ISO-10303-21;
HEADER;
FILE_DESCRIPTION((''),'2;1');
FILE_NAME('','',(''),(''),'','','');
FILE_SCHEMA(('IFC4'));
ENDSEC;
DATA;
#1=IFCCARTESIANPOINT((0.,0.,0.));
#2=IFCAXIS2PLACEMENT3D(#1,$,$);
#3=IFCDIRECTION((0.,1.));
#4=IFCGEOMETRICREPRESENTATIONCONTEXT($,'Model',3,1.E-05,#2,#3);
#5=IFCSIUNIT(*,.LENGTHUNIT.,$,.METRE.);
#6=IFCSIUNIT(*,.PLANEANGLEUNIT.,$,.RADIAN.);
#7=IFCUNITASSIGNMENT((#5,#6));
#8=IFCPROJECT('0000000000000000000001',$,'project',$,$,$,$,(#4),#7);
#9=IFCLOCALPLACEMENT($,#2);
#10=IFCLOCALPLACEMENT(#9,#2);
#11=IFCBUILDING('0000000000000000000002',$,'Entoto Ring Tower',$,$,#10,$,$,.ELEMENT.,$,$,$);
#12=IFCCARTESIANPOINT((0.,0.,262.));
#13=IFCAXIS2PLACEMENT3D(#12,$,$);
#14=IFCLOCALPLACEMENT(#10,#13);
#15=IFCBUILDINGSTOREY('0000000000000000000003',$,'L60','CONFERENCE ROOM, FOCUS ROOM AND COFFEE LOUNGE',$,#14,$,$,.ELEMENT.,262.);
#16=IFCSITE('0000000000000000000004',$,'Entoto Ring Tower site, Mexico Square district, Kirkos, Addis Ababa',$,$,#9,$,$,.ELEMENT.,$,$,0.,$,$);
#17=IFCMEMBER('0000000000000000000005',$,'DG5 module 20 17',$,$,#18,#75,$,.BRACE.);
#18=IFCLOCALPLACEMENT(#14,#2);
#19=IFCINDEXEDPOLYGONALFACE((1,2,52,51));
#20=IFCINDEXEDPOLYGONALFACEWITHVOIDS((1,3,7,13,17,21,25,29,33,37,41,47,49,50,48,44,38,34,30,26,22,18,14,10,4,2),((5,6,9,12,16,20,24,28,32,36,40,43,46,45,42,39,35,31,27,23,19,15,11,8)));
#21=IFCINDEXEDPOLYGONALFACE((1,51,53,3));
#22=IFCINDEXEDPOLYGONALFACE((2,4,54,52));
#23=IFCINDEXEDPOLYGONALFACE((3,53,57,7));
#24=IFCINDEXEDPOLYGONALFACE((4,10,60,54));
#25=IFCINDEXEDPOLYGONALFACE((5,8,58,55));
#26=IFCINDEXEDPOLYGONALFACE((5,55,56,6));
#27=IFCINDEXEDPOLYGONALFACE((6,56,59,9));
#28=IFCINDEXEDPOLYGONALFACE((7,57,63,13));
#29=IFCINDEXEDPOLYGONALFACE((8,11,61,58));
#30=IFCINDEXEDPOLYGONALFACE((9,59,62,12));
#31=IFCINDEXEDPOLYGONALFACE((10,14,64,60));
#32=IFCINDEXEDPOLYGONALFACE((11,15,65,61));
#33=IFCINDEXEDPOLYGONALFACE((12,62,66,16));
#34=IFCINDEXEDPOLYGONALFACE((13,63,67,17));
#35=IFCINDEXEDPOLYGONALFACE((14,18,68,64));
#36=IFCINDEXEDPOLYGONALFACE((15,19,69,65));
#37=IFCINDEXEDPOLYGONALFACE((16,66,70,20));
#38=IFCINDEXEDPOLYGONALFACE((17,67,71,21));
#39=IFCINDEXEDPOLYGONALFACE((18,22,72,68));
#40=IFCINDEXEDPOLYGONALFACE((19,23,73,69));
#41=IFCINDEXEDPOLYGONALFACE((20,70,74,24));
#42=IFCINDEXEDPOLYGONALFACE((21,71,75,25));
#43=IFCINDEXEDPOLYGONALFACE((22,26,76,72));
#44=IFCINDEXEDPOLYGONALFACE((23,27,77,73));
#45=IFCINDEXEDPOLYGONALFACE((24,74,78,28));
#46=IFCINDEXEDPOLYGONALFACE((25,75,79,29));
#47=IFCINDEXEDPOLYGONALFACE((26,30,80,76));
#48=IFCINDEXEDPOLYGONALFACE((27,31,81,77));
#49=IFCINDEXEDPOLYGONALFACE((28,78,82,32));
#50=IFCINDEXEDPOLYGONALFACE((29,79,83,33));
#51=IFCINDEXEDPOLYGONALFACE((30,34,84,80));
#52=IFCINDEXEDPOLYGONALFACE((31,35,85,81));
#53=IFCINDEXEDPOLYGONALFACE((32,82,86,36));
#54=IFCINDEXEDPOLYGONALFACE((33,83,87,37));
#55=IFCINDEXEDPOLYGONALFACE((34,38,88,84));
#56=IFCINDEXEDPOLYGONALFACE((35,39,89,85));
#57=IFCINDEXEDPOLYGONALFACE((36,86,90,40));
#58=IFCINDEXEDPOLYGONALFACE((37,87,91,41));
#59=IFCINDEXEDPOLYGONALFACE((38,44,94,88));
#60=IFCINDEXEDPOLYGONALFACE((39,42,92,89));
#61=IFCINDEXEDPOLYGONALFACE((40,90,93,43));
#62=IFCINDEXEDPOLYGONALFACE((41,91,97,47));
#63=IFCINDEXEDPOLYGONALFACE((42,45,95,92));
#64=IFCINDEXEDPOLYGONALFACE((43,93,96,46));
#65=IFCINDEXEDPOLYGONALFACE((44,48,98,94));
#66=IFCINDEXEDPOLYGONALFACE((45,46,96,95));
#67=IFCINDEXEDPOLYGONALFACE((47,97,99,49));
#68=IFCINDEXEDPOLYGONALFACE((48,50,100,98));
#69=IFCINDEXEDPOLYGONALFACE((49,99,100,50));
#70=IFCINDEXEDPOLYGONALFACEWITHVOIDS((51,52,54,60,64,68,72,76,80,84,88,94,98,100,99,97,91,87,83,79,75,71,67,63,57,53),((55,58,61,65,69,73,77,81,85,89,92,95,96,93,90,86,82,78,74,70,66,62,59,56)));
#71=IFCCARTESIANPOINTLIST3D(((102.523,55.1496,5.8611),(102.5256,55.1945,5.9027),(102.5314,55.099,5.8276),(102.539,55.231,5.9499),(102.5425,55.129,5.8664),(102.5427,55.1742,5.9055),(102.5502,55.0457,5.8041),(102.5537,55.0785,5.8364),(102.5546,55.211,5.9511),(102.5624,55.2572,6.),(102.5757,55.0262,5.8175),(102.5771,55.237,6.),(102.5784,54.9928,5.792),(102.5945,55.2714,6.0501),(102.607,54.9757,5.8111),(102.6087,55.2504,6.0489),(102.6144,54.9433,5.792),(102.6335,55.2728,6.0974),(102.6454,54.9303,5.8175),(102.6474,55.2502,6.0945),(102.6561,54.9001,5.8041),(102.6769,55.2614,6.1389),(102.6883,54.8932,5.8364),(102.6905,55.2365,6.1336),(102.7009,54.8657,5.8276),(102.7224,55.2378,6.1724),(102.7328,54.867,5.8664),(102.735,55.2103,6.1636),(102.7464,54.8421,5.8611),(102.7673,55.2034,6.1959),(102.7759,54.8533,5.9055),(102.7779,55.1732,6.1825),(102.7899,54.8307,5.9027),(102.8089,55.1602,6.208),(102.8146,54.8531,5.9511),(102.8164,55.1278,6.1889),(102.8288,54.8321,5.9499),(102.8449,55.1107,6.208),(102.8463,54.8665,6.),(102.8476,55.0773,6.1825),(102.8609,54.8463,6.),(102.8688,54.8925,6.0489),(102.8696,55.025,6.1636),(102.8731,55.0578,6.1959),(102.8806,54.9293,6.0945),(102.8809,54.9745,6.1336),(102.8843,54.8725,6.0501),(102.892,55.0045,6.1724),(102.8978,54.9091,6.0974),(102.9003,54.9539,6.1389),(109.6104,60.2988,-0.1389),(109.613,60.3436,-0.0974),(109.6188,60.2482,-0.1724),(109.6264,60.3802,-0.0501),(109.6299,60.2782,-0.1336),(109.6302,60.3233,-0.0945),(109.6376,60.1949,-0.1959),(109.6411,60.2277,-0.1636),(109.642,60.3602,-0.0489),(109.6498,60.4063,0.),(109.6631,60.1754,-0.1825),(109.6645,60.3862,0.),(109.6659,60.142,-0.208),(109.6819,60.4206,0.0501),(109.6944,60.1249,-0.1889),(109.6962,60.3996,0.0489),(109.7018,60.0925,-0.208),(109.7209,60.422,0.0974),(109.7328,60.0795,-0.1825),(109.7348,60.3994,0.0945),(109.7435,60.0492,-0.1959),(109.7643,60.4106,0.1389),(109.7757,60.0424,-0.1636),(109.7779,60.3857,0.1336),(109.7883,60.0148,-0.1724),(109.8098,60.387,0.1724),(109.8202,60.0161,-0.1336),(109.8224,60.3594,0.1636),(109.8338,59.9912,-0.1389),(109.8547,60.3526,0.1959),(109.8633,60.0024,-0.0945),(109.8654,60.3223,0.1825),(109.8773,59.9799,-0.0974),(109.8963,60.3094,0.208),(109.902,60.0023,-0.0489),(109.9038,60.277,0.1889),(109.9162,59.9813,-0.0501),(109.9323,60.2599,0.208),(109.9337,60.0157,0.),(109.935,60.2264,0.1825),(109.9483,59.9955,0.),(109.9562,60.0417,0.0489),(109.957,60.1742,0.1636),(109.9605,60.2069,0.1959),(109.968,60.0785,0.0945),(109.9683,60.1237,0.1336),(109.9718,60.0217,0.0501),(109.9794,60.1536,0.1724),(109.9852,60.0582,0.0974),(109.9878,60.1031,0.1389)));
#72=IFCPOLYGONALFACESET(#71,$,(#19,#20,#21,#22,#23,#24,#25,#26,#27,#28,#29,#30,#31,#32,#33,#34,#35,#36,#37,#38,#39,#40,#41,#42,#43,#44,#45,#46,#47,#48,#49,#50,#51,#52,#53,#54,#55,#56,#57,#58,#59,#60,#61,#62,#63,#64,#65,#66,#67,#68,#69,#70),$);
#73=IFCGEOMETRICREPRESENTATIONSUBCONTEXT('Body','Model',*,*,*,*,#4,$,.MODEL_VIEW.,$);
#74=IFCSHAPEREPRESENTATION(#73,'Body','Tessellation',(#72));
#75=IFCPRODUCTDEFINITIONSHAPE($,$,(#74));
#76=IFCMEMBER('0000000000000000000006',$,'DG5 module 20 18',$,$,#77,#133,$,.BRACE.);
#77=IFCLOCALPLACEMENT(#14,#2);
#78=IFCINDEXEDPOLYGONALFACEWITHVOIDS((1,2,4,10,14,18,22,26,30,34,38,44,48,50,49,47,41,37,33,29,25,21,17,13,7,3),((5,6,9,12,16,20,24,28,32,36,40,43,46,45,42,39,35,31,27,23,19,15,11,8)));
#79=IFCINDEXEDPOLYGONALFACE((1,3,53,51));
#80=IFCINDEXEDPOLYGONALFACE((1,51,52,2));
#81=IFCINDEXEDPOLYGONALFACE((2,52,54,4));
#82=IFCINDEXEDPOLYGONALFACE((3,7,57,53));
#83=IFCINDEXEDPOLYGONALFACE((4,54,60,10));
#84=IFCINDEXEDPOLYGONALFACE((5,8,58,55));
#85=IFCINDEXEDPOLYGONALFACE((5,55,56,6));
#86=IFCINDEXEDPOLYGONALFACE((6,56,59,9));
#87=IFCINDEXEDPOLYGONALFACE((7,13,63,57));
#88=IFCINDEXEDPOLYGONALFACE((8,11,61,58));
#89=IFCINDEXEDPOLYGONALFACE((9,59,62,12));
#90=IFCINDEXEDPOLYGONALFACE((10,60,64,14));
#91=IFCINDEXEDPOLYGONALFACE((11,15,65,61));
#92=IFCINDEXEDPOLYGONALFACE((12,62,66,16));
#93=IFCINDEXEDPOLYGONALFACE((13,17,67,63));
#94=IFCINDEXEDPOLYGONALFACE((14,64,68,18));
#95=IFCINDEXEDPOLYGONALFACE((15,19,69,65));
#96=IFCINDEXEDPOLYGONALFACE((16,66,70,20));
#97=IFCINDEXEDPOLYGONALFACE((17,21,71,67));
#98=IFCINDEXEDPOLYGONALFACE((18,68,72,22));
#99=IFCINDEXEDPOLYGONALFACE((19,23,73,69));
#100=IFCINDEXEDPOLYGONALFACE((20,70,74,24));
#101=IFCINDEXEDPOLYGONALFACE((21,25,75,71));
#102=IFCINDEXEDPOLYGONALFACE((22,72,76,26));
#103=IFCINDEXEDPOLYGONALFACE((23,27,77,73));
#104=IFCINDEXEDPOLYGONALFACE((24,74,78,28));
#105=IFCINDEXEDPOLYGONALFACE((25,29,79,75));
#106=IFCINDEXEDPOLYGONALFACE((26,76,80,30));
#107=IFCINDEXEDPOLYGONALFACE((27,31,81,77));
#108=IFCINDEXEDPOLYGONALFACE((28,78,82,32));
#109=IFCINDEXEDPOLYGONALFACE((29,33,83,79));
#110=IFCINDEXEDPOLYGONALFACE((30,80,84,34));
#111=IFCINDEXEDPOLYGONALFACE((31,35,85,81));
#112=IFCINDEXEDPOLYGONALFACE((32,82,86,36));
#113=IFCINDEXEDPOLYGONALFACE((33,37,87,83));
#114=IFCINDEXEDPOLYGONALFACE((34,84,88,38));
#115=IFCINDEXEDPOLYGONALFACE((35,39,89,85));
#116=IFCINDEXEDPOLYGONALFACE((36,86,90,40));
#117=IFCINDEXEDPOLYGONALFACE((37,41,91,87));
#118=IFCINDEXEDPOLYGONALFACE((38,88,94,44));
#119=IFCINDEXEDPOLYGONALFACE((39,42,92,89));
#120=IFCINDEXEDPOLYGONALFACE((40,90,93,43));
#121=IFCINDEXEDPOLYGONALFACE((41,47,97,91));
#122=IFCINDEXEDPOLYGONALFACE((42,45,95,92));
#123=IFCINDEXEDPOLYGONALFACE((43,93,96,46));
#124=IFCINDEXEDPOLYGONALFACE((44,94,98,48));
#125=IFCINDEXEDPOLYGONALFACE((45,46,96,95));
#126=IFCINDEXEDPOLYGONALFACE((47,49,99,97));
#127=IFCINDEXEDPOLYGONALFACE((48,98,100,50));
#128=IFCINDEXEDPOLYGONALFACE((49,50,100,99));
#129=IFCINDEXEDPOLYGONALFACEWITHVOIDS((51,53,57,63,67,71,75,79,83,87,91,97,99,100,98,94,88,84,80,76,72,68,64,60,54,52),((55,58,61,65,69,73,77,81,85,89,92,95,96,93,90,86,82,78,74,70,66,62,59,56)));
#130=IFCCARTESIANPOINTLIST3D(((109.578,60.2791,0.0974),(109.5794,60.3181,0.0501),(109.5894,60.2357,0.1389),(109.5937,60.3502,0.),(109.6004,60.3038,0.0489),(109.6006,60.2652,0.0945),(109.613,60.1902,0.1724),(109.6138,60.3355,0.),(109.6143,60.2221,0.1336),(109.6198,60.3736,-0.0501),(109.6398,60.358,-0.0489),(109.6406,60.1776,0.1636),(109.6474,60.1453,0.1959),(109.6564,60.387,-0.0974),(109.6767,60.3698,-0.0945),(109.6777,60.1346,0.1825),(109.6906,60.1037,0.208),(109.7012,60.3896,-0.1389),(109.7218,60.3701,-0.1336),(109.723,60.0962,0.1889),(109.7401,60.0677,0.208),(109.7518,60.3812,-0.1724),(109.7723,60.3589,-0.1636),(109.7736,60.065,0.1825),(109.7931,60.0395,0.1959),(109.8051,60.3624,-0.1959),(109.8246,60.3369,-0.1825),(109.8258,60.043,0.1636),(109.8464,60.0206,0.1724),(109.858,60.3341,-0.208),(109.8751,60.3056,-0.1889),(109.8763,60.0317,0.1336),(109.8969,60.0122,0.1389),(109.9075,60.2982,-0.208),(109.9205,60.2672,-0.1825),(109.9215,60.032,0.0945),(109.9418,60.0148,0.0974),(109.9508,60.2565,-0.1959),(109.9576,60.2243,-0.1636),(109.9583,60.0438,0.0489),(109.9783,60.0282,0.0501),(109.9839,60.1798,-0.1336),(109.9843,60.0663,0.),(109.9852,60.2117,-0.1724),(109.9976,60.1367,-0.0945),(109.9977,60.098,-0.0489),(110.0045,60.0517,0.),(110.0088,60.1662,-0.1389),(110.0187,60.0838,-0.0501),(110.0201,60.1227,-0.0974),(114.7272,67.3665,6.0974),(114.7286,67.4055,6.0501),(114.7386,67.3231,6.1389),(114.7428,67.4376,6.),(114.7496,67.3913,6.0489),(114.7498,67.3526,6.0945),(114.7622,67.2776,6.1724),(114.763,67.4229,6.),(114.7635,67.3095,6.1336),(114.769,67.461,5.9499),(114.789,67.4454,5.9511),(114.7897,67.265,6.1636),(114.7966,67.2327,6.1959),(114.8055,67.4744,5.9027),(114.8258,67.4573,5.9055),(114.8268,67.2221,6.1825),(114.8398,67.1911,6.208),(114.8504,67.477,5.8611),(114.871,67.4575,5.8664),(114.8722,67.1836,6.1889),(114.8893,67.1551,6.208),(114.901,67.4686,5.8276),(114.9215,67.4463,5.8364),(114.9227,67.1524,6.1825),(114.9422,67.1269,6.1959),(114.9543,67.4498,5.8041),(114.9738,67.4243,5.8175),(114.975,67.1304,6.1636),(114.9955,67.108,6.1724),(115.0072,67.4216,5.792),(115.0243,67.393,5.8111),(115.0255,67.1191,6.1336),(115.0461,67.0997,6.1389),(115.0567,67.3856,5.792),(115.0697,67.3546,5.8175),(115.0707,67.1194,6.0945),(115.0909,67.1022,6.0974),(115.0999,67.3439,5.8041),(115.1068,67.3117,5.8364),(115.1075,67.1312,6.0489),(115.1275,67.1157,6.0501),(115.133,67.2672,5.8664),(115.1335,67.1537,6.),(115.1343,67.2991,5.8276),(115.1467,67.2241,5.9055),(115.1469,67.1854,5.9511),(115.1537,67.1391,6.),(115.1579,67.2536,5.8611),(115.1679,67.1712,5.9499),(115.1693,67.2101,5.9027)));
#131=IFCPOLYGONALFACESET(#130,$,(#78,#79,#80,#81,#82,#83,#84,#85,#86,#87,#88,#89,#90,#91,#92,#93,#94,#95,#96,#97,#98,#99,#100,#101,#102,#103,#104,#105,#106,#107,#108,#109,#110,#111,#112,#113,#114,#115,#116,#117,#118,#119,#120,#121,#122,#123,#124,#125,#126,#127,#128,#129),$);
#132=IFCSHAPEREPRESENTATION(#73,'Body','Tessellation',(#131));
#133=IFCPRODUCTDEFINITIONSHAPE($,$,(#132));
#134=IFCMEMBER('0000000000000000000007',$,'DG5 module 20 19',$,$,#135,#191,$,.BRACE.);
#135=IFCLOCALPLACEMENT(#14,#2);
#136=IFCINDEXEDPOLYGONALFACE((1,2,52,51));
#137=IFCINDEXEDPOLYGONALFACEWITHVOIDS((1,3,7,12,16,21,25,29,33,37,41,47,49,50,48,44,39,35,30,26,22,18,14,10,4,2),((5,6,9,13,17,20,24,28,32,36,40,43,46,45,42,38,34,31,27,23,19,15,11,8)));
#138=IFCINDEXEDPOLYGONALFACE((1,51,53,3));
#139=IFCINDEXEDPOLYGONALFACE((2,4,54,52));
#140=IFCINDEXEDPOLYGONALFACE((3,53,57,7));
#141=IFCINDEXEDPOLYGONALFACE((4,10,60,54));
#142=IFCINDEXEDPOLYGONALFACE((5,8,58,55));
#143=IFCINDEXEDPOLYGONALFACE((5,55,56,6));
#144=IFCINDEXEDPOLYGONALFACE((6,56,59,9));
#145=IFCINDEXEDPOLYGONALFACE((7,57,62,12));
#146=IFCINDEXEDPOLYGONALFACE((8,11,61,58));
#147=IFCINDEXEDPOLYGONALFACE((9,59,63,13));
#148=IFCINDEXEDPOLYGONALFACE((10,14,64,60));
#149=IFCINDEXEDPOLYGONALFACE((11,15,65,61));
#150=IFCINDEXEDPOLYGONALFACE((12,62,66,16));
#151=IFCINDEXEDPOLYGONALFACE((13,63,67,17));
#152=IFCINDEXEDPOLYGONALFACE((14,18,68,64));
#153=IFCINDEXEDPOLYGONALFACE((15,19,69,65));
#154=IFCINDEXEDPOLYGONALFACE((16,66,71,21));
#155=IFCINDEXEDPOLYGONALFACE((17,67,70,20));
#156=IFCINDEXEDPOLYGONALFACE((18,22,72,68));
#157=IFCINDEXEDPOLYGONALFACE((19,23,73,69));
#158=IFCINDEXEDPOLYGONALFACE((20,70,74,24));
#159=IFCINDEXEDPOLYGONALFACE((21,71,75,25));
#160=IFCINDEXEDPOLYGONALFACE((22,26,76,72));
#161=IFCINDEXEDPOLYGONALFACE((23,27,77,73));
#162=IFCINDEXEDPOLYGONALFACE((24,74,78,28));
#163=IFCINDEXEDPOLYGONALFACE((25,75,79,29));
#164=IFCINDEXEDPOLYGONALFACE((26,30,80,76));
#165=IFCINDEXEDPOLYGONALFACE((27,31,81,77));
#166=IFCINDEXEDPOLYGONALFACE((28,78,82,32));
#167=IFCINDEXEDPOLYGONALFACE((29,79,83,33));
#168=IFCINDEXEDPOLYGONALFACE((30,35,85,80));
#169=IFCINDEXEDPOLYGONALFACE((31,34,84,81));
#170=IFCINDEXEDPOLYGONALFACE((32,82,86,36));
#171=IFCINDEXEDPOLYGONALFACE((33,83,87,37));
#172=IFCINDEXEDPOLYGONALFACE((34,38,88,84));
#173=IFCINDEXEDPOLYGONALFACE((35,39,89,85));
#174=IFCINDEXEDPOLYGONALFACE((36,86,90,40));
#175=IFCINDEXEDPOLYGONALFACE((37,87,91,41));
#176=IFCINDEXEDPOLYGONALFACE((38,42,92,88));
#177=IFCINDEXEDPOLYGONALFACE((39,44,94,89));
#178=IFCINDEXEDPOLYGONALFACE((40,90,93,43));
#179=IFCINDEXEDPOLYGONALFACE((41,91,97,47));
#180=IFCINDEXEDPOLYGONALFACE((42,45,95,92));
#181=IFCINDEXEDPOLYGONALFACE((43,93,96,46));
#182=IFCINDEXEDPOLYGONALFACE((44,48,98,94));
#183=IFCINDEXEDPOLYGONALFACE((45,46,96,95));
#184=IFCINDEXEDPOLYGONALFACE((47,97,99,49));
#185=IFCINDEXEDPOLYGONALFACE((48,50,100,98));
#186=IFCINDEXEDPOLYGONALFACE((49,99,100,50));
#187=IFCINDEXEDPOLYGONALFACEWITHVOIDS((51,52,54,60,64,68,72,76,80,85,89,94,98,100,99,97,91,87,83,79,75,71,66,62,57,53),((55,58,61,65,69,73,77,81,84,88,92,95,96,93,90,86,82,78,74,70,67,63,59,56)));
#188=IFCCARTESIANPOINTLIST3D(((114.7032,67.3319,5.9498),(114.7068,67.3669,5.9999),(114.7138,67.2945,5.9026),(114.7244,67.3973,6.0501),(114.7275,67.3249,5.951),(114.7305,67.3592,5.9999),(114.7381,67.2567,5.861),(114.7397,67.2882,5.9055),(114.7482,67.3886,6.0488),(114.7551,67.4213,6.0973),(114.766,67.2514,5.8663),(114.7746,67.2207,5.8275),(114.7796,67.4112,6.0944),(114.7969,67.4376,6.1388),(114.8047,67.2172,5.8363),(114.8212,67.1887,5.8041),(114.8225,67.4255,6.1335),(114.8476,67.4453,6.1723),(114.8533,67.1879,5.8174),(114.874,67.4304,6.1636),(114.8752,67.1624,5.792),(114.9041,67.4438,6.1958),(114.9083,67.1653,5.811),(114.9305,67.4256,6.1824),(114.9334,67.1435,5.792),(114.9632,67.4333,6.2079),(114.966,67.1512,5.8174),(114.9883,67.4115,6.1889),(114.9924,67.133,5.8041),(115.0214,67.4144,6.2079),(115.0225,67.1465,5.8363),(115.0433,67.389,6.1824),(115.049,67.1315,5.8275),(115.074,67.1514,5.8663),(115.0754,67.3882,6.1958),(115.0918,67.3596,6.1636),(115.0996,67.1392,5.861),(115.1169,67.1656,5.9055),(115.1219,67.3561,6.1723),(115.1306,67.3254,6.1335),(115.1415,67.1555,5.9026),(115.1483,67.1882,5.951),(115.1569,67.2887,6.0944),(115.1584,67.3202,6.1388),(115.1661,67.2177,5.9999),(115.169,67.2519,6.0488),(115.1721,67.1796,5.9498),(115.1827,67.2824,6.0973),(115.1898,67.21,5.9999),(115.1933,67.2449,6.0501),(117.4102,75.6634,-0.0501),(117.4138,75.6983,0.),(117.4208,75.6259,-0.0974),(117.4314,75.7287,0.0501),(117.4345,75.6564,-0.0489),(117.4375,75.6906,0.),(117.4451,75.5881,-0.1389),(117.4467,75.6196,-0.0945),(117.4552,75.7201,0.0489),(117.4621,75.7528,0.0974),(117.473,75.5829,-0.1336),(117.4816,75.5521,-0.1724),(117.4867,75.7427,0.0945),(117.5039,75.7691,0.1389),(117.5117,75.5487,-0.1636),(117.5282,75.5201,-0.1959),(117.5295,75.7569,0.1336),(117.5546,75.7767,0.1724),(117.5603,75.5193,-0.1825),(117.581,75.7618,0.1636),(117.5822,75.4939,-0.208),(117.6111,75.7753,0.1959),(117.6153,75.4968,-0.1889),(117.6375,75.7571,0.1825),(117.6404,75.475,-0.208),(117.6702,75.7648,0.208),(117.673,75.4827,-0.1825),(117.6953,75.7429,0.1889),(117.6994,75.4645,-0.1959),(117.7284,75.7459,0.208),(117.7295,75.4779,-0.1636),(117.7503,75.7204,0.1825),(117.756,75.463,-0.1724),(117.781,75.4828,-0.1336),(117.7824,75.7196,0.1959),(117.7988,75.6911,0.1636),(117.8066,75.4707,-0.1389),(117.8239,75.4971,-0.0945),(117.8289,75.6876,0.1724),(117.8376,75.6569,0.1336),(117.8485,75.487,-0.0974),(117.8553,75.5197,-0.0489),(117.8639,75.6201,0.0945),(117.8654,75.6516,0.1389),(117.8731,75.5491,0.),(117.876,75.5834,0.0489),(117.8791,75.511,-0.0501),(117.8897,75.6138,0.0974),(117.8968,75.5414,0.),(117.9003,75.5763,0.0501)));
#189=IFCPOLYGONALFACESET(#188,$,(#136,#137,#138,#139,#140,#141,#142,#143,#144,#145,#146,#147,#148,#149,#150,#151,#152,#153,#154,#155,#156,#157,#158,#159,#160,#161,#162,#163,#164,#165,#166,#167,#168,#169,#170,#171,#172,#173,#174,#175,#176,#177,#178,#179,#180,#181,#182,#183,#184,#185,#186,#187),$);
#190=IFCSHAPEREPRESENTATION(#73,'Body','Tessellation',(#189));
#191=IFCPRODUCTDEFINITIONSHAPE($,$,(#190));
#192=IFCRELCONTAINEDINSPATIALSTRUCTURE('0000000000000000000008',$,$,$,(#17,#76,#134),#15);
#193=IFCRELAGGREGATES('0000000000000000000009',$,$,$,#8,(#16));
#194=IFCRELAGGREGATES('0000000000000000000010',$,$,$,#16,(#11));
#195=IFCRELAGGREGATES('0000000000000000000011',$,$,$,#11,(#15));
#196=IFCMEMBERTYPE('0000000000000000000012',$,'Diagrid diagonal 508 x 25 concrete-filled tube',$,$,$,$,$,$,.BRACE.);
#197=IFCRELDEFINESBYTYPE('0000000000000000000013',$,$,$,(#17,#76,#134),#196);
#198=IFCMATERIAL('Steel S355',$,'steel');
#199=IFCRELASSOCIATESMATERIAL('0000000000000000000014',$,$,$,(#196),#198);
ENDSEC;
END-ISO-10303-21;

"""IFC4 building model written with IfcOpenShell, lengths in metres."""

from ifc_helpers import new_model, si_unit, direction, frame, origin, origin_2d, place, context, subcontext, project, spatial, circle, hollow_circle, extrude, material, material_profile, profile_set, type_object, element, save


model = new_model("IFC4")

# Units and contexts
model_context = context("Model", 3, precision=1e-05, world=origin(), true_north=direction((0.0, 1.0)))
body_context = subcontext(model_context, "Body", "Model", "MODEL_VIEW")
ifc_project = project(units=[si_unit("LENGTHUNIT", "METRE"), si_unit("PLANEANGLEUNIT", "RADIAN")], contexts=[model_context])

# Site, building, storey
site_placement = place(None, origin())
site = spatial("IfcSite", under=ifc_project, at=site_placement, Name="Entoto Ring Tower site, Mexico Square district, Kirkos, Addis Ababa", CompositionType="ELEMENT", RefElevation=0.0)
building_placement = place(site_placement, origin())
building = spatial("IfcBuilding", under=site, at=building_placement, Name="Entoto Ring Tower", CompositionType="ELEMENT")
storey_placement = place(building_placement, frame((0.0, 0.0, 262.0)))
storey = spatial("IfcBuildingStorey", under=building, at=storey_placement, Name="L60", Description="CONFERENCE ROOM, FOCUS ROOM AND COFFEE LOUNGE", CompositionType="ELEMENT", Elevation=262.0)

# Members
ifc_material_1 = material(Name="Steel S355", Category="steel")
ifc_material_profile_1 = material_profile(ifc_material_1, hollow_circle(Radius=0.2539, WallThickness=0.0249, at=origin_2d()), Name="CHS 508 x 25")
ifc_material_2 = material(Name="Concrete C60/75", Category="concrete")
ifc_material_profile_2 = material_profile(ifc_material_2, circle(Radius=0.229, at=origin_2d()), Name="Concrete C60/75 infill")
ifc_profile_set_1 = profile_set([ifc_material_profile_1, ifc_material_profile_2], Name="Steel S355")
member_type_1 = type_object("IfcMemberType", Name="Diagrid diagonal 508 x 25 concrete-filled tube", PredefinedType="BRACE", material=ifc_profile_set_1)
for number, where, z_axis, x_axis, name in (
    (1, (109.7991, 60.2009, 0.0), (-0.66748, -0.48494, 0.56507), (0.587776, -0.809024, 0.0), "DG5 module 20 17"),
    (2, (109.7991, 60.2009, 0.0), (0.48494, 0.66748, 0.56507), (-0.809024, 0.587776, 0.0), "DG5 module 20 18"),
):
    element("IfcMember", number, at=place(storey_placement, frame(where, z_axis=z_axis, x_axis=x_axis)), inside=storey, type_object=member_type_1, Name=name, PredefinedType="BRACE", context=body_context, shape_type="SweptSolid", body=[
        extrude(hollow_circle(Radius=0.2539, WallThickness=0.0249, at=origin_2d()), origin(), (0.0, 0.0, 1.0), 10.6182),
    ])
for number, where, z_axis, x_axis, name in (
    (3, (117.6553, 75.6199, 0.0), (-0.254947, -0.78466, 0.565076), (0.951058, -0.309012, 0.0), "DG5 module 20 19"),
):
    element("IfcMember", number, at=place(storey_placement, frame(where, z_axis=z_axis, x_axis=x_axis)), inside=storey, type_object=member_type_1, Name=name, PredefinedType="BRACE", context=body_context, shape_type="SweptSolid", body=[
        extrude(hollow_circle(Radius=0.2539, WallThickness=0.0249, at=origin_2d()), origin(), (0.0, 0.0, 1.0), 10.6179),
    ])

save(model, "model.ifc")
